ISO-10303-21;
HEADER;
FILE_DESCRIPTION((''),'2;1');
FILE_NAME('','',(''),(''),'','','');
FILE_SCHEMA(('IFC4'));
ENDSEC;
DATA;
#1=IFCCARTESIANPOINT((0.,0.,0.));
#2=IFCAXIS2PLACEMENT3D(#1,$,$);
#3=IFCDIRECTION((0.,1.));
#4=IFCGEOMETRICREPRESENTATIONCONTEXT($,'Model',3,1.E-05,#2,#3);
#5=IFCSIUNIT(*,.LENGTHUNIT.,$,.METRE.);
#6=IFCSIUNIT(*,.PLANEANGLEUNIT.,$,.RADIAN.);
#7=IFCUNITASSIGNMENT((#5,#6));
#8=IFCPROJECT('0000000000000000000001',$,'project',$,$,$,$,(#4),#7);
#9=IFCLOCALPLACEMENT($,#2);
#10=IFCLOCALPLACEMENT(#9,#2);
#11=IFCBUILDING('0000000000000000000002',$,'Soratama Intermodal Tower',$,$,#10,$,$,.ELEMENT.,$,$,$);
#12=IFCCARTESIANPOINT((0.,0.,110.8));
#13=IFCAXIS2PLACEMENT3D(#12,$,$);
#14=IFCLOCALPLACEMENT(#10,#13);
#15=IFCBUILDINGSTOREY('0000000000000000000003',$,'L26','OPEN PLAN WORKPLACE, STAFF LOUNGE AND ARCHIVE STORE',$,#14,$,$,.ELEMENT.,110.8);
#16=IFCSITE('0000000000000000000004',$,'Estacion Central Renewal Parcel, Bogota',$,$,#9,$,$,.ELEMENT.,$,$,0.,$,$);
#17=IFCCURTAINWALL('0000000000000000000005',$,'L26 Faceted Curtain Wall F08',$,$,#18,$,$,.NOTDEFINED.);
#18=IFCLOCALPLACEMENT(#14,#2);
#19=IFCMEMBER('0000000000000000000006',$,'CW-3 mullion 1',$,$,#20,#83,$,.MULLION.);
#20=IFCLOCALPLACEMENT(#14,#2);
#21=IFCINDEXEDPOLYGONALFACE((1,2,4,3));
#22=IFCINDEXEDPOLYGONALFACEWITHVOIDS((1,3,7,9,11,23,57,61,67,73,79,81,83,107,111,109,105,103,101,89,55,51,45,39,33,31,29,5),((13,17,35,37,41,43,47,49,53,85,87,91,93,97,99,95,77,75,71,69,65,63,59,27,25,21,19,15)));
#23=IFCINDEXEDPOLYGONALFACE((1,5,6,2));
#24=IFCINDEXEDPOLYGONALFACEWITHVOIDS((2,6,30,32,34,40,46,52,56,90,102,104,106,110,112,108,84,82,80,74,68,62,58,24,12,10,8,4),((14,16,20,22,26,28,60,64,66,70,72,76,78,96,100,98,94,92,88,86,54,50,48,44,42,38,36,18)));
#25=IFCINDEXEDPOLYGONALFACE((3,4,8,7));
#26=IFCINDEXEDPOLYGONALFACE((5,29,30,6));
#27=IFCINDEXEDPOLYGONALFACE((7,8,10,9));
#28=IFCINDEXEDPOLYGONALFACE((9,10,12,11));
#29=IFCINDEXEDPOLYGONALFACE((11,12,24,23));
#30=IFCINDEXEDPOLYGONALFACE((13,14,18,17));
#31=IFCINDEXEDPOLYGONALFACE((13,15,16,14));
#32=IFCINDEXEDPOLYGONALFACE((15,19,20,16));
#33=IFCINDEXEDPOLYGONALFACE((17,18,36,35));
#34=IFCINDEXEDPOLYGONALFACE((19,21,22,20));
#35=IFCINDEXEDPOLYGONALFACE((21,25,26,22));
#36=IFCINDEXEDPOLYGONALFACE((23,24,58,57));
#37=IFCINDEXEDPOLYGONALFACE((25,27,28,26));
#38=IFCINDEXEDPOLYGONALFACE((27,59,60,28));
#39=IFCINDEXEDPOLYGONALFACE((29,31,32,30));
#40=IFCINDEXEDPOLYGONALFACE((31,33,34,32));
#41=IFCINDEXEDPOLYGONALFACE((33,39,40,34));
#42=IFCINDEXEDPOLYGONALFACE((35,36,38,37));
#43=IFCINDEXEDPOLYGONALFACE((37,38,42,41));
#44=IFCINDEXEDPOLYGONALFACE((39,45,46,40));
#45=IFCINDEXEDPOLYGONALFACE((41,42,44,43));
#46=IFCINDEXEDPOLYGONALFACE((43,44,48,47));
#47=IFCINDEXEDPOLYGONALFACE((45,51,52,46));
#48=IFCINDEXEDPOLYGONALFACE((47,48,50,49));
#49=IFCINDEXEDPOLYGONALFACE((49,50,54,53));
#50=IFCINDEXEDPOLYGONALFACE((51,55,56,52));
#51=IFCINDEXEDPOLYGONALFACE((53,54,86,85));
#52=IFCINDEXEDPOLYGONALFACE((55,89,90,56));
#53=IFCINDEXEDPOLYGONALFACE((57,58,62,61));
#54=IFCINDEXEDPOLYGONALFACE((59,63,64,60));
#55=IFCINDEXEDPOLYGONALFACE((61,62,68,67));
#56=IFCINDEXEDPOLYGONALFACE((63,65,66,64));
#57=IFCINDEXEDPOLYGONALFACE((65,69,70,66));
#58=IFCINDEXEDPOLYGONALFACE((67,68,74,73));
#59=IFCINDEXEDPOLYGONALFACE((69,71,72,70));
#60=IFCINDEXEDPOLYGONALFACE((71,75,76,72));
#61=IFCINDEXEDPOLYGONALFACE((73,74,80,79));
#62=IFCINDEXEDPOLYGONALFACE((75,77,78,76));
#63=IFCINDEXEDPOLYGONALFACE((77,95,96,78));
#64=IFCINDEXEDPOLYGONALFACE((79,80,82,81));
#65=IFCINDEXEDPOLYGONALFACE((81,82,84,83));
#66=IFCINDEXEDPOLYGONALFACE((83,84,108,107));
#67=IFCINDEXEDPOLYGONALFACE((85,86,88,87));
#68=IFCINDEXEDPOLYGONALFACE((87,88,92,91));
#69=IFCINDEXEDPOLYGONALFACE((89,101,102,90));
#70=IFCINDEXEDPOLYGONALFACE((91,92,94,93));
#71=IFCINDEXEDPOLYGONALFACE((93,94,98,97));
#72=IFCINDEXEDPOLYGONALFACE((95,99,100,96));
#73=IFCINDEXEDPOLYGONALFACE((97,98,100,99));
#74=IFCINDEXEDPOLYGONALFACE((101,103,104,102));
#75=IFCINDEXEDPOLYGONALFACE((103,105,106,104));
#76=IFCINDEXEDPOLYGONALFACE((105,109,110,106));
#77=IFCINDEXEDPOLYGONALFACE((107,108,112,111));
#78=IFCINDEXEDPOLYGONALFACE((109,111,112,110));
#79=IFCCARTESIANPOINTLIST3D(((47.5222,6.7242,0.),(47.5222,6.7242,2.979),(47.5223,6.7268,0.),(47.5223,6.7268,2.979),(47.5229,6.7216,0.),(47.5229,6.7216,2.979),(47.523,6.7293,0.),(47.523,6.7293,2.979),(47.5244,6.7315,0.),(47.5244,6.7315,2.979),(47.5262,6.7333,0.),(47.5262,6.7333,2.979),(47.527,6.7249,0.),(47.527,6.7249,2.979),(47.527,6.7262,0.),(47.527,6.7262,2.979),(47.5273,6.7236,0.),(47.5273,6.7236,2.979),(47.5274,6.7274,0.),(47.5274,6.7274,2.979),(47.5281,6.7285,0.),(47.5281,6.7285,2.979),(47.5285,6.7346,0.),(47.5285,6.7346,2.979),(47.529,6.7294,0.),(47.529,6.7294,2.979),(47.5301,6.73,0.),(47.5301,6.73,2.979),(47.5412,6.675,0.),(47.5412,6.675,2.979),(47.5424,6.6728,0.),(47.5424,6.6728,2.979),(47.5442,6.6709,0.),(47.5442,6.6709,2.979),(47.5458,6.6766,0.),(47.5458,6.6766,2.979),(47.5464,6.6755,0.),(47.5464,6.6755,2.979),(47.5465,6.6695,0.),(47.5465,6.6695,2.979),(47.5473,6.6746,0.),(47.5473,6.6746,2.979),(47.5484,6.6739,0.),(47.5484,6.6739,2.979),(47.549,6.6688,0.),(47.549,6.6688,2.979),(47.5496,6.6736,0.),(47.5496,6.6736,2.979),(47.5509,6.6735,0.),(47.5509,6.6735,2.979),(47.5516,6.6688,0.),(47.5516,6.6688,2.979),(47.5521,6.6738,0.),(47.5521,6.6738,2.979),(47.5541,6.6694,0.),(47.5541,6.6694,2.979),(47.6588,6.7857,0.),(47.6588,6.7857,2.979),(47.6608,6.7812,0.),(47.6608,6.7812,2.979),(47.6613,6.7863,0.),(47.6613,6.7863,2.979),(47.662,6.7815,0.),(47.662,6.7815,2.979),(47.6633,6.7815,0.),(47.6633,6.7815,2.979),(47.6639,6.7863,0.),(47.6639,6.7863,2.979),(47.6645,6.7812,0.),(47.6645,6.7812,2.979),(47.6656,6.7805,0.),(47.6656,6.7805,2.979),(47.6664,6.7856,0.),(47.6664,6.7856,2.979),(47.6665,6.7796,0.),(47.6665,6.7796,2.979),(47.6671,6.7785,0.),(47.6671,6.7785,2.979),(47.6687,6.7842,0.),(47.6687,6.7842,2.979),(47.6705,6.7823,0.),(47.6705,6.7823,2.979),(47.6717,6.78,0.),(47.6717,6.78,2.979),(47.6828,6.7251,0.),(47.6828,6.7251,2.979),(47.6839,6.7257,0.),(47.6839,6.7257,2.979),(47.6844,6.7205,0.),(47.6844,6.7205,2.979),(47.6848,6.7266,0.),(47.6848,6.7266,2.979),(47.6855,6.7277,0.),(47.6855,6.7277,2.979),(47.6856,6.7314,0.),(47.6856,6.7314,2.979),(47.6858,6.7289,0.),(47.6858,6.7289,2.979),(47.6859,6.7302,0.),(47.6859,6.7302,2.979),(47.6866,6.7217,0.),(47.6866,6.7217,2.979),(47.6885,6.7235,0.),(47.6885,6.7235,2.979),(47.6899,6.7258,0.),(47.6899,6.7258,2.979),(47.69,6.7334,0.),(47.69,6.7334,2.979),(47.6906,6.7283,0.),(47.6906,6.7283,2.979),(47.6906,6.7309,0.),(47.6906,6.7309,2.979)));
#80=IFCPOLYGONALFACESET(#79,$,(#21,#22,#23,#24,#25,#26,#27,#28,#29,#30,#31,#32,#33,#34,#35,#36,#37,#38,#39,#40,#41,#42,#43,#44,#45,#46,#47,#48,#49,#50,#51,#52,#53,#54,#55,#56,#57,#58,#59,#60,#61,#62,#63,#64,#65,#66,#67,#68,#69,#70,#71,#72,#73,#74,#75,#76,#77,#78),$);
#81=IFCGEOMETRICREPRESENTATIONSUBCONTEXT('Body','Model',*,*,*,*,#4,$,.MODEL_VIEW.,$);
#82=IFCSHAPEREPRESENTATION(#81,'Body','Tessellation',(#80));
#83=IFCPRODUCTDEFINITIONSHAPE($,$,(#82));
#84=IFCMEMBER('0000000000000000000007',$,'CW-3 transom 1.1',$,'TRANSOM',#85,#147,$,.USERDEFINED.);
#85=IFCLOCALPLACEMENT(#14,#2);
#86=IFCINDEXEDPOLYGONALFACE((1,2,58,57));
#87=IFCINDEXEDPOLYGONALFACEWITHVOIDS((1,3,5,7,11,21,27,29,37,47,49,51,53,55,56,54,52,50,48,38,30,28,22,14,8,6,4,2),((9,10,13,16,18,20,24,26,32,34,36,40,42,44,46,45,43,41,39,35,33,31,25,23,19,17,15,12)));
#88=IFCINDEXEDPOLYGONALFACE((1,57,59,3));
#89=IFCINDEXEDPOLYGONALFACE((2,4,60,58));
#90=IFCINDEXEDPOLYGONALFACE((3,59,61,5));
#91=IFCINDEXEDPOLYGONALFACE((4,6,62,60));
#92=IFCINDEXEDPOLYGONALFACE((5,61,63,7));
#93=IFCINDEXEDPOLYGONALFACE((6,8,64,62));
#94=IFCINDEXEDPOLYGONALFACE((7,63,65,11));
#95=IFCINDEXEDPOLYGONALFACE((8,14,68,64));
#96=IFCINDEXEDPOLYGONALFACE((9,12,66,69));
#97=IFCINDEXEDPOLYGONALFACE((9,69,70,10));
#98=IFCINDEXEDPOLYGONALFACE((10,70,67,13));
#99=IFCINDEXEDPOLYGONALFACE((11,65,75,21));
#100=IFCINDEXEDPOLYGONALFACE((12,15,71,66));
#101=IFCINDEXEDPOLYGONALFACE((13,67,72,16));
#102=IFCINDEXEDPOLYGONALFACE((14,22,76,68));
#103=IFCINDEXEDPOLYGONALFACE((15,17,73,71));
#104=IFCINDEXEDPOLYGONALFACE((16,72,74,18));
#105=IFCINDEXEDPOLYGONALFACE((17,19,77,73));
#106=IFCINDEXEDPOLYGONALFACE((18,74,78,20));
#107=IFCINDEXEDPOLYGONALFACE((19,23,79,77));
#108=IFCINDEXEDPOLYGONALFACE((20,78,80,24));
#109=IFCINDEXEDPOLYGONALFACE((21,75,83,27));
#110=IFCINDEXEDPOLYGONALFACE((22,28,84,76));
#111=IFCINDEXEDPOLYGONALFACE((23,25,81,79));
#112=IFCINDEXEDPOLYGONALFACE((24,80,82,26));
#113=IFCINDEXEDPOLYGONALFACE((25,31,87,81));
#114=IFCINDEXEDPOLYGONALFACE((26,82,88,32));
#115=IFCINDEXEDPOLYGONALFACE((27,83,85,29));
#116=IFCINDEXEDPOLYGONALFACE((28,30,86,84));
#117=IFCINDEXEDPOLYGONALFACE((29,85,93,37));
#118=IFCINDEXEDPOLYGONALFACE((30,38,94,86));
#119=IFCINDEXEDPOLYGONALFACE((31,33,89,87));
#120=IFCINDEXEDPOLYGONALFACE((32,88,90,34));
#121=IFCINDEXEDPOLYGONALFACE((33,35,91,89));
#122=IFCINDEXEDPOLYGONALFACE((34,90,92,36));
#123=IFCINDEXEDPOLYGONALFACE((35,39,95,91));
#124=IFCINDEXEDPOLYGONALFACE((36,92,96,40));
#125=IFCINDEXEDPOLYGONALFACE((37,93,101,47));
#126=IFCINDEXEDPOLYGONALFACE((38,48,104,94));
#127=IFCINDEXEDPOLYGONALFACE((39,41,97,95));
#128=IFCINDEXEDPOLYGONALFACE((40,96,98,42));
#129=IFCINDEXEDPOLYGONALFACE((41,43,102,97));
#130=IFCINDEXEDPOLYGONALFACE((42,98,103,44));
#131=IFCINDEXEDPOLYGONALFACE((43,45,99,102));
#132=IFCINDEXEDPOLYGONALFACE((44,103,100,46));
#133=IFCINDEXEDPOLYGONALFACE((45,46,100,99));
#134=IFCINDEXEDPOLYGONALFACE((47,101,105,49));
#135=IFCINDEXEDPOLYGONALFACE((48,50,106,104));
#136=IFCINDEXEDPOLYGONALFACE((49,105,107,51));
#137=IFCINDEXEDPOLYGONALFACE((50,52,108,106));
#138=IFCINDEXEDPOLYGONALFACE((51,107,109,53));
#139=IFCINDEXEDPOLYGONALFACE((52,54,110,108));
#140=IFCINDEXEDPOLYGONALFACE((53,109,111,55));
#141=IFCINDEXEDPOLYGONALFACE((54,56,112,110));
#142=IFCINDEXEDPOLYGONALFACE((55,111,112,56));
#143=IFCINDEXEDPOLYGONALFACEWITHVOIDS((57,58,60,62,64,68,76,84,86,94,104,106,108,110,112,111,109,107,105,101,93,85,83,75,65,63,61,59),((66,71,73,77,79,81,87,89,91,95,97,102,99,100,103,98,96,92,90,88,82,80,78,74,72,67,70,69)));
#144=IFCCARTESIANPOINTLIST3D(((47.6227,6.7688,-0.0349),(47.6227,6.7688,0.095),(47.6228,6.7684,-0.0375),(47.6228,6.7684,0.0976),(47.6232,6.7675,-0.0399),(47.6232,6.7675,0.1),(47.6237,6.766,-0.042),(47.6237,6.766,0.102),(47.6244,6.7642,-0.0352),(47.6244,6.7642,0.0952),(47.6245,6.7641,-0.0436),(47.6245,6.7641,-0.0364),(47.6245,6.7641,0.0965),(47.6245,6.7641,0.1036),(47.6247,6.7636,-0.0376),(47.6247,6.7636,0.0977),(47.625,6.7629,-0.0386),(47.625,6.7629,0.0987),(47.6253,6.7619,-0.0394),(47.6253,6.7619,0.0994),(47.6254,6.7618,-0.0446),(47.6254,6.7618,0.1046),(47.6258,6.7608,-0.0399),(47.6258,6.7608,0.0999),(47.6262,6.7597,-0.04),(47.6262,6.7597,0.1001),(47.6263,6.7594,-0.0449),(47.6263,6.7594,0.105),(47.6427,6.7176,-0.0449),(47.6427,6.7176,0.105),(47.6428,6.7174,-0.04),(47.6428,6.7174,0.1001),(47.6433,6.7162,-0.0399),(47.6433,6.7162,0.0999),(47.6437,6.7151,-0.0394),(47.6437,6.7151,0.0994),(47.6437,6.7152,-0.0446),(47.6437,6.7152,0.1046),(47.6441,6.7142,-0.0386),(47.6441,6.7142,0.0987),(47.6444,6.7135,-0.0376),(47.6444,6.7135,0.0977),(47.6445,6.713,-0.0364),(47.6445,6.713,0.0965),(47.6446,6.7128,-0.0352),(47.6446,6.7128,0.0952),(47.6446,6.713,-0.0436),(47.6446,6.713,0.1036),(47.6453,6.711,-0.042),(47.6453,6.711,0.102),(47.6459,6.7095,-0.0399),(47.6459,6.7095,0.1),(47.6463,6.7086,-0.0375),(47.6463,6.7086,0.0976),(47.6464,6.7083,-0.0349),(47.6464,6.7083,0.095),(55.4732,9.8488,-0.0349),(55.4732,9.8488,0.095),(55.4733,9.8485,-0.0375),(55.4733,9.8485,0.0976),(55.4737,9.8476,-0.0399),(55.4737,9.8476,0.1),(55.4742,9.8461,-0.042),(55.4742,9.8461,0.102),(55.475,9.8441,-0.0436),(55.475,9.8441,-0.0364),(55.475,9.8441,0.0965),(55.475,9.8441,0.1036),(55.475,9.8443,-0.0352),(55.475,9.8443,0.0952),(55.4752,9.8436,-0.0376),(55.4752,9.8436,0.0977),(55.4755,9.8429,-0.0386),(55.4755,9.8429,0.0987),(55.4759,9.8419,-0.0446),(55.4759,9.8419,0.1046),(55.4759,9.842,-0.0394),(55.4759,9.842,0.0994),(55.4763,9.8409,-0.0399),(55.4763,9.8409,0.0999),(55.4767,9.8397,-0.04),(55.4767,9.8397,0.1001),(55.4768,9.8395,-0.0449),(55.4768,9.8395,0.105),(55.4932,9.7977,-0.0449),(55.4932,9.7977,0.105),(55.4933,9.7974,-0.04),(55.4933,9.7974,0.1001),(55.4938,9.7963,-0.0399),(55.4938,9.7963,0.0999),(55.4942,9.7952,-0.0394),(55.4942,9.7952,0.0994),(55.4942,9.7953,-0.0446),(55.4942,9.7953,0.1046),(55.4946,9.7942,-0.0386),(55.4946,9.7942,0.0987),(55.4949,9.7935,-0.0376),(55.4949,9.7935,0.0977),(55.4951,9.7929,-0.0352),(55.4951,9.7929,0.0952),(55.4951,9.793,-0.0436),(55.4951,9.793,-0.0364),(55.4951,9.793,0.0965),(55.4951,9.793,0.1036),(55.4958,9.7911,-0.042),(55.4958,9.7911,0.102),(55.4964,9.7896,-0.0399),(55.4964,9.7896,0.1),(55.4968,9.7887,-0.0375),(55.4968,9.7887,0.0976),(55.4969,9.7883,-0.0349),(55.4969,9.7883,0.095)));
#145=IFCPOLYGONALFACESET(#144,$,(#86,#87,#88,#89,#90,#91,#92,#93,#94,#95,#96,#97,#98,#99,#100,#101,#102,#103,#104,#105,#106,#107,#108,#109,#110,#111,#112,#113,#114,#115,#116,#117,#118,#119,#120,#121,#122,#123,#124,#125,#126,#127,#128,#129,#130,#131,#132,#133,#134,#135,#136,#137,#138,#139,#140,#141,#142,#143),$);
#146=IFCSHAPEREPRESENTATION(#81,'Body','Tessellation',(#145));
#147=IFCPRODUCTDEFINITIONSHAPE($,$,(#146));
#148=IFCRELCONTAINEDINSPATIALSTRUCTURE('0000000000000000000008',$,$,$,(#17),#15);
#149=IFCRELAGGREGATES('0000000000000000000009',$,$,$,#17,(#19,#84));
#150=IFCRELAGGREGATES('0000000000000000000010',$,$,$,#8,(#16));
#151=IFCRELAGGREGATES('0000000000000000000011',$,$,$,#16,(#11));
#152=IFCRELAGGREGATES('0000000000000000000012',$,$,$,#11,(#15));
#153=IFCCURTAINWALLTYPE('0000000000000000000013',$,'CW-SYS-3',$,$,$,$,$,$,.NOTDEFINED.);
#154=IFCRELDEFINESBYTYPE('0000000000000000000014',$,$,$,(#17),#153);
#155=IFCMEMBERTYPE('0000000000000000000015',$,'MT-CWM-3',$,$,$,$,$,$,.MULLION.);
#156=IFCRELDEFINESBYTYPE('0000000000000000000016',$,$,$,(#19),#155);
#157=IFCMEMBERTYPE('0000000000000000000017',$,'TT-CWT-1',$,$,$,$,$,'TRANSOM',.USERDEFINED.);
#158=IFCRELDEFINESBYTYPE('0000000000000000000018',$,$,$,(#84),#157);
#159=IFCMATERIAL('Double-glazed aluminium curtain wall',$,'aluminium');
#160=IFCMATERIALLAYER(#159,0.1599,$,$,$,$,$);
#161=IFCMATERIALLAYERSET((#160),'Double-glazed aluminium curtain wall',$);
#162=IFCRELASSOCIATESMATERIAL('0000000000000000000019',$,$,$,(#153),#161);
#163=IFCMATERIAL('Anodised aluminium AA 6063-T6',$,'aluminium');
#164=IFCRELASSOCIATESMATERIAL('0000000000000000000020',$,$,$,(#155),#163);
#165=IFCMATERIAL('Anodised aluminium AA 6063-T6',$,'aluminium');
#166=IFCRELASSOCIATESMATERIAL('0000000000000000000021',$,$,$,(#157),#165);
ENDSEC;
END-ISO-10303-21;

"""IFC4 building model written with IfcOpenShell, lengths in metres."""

from ifc_helpers import new_model, si_unit, direction, frame, origin, origin_2d, place, context, subcontext, project, spatial, hollow_rectangle, extrude, material, layer, layer_set, material_profile, profile_set, type_object, element, aggregate, save


model = new_model("IFC4")

# Units and contexts
model_context = context("Model", 3, precision=1e-05, world=origin(), true_north=direction((0.0, 1.0)))
body_context = subcontext(model_context, "Body", "Model", "MODEL_VIEW")
ifc_project = project(units=[si_unit("LENGTHUNIT", "METRE"), si_unit("PLANEANGLEUNIT", "RADIAN")], contexts=[model_context])

# Site, building, storey
site_placement = place(None, origin())
site = spatial("IfcSite", under=ifc_project, at=site_placement, Name="Estacion Central Renewal Parcel, Bogota", CompositionType="ELEMENT", RefElevation=0.0)
building_placement = place(site_placement, origin())
building = spatial("IfcBuilding", under=site, at=building_placement, Name="Soratama Intermodal Tower", CompositionType="ELEMENT")
storey_placement = place(building_placement, frame((0.0, 0.0, 110.8)))
storey = spatial("IfcBuildingStorey", under=building, at=storey_placement, Name="L26", Description="OPEN PLAN WORKPLACE, STAFF LOUNGE AND ARCHIVE STORE", CompositionType="ELEMENT", Elevation=110.8)

# Curtain wall, members
ifc_material_1 = material(Name="Double-glazed aluminium curtain wall", Category="aluminium")
ifc_layer_1 = layer(ifc_material_1, 0.1599)
ifc_layer_set_1 = layer_set([ifc_layer_1], Name="Double-glazed aluminium curtain wall")
curtain_wall_type = type_object("IfcCurtainWallType", Name="CW-SYS-3", PredefinedType="NOTDEFINED", material=ifc_layer_set_1)
curtain_wall_placement = place(storey_placement, origin())
curtain_wall = element("IfcCurtainWall", 1, at=curtain_wall_placement, inside=storey, type_object=curtain_wall_type, Name="L26 Faceted Curtain Wall F08", PredefinedType="NOTDEFINED")
ifc_material_2 = material(Name="Anodised aluminium AA 6063-T6", Category="aluminium")
ifc_material_profile_1 = material_profile(ifc_material_2, hollow_rectangle(XDim=0.0701, YDim=0.1599, WallThickness=0.0049, InnerFilletRadius=0.0049, OuterFilletRadius=0.01, at=origin_2d()), Name="CWM160X70X5")
ifc_profile_set_1 = profile_set([ifc_material_profile_1], Name="Anodised aluminium AA 6063-T6")
member_type_1 = type_object("IfcMemberType", Name="MT-CWM-3", PredefinedType="MULLION", material=ifc_profile_set_1)
member_1_placement = place(storey_placement, frame((47.6064, 6.7275, 0.0), z_axis=(0.0, 0.0, 1.0), x_axis=(-0.365208, 0.930926, 0.0)))
member_1 = element("IfcMember", 2, at=member_1_placement, type_object=member_type_1, Name="CW-3 mullion 1", PredefinedType="MULLION", context=body_context, shape_type="SweptSolid", body=[
    extrude(hollow_rectangle(XDim=0.0701, YDim=0.1599, WallThickness=0.0049, InnerFilletRadius=0.0049, OuterFilletRadius=0.01, at=origin_2d()), origin(), (0.0, 0.0, 1.0), 2.979),
])
ifc_material_3 = material(Name="Anodised aluminium AA 6063-T6", Category="aluminium")
ifc_material_profile_2 = material_profile(ifc_material_3, hollow_rectangle(XDim=0.0649, YDim=0.1499, WallThickness=0.0049, InnerFilletRadius=0.0049, OuterFilletRadius=0.01, at=origin_2d()), Name="CWT150X65X5")
ifc_profile_set_2 = profile_set([ifc_material_profile_2], Name="Anodised aluminium AA 6063-T6")
member_type_2 = type_object("IfcMemberType", Name="TT-CWT-1", ElementType="TRANSOM", PredefinedType="USERDEFINED", material=ifc_profile_set_2)
member_2_placement = place(storey_placement, frame((47.6345, 6.7385, 0.03), z_axis=(0.930916, 0.365233, 0.0), x_axis=(-0.365233, 0.930916, 0.0)))
member_2 = element("IfcMember", 3, at=member_2_placement, type_object=member_type_2, Name="CW-3 transom 1.1", ObjectType="TRANSOM", PredefinedType="USERDEFINED", context=body_context, shape_type="SweptSolid", body=[
    extrude(hollow_rectangle(XDim=0.0649, YDim=0.1499, WallThickness=0.0049, InnerFilletRadius=0.0049, OuterFilletRadius=0.01, at=origin_2d()), origin(), (0.0, 0.0, 1.0), 8.4331),
])
aggregate(curtain_wall, [member_1, member_2])

save(model, "model.ifc")
